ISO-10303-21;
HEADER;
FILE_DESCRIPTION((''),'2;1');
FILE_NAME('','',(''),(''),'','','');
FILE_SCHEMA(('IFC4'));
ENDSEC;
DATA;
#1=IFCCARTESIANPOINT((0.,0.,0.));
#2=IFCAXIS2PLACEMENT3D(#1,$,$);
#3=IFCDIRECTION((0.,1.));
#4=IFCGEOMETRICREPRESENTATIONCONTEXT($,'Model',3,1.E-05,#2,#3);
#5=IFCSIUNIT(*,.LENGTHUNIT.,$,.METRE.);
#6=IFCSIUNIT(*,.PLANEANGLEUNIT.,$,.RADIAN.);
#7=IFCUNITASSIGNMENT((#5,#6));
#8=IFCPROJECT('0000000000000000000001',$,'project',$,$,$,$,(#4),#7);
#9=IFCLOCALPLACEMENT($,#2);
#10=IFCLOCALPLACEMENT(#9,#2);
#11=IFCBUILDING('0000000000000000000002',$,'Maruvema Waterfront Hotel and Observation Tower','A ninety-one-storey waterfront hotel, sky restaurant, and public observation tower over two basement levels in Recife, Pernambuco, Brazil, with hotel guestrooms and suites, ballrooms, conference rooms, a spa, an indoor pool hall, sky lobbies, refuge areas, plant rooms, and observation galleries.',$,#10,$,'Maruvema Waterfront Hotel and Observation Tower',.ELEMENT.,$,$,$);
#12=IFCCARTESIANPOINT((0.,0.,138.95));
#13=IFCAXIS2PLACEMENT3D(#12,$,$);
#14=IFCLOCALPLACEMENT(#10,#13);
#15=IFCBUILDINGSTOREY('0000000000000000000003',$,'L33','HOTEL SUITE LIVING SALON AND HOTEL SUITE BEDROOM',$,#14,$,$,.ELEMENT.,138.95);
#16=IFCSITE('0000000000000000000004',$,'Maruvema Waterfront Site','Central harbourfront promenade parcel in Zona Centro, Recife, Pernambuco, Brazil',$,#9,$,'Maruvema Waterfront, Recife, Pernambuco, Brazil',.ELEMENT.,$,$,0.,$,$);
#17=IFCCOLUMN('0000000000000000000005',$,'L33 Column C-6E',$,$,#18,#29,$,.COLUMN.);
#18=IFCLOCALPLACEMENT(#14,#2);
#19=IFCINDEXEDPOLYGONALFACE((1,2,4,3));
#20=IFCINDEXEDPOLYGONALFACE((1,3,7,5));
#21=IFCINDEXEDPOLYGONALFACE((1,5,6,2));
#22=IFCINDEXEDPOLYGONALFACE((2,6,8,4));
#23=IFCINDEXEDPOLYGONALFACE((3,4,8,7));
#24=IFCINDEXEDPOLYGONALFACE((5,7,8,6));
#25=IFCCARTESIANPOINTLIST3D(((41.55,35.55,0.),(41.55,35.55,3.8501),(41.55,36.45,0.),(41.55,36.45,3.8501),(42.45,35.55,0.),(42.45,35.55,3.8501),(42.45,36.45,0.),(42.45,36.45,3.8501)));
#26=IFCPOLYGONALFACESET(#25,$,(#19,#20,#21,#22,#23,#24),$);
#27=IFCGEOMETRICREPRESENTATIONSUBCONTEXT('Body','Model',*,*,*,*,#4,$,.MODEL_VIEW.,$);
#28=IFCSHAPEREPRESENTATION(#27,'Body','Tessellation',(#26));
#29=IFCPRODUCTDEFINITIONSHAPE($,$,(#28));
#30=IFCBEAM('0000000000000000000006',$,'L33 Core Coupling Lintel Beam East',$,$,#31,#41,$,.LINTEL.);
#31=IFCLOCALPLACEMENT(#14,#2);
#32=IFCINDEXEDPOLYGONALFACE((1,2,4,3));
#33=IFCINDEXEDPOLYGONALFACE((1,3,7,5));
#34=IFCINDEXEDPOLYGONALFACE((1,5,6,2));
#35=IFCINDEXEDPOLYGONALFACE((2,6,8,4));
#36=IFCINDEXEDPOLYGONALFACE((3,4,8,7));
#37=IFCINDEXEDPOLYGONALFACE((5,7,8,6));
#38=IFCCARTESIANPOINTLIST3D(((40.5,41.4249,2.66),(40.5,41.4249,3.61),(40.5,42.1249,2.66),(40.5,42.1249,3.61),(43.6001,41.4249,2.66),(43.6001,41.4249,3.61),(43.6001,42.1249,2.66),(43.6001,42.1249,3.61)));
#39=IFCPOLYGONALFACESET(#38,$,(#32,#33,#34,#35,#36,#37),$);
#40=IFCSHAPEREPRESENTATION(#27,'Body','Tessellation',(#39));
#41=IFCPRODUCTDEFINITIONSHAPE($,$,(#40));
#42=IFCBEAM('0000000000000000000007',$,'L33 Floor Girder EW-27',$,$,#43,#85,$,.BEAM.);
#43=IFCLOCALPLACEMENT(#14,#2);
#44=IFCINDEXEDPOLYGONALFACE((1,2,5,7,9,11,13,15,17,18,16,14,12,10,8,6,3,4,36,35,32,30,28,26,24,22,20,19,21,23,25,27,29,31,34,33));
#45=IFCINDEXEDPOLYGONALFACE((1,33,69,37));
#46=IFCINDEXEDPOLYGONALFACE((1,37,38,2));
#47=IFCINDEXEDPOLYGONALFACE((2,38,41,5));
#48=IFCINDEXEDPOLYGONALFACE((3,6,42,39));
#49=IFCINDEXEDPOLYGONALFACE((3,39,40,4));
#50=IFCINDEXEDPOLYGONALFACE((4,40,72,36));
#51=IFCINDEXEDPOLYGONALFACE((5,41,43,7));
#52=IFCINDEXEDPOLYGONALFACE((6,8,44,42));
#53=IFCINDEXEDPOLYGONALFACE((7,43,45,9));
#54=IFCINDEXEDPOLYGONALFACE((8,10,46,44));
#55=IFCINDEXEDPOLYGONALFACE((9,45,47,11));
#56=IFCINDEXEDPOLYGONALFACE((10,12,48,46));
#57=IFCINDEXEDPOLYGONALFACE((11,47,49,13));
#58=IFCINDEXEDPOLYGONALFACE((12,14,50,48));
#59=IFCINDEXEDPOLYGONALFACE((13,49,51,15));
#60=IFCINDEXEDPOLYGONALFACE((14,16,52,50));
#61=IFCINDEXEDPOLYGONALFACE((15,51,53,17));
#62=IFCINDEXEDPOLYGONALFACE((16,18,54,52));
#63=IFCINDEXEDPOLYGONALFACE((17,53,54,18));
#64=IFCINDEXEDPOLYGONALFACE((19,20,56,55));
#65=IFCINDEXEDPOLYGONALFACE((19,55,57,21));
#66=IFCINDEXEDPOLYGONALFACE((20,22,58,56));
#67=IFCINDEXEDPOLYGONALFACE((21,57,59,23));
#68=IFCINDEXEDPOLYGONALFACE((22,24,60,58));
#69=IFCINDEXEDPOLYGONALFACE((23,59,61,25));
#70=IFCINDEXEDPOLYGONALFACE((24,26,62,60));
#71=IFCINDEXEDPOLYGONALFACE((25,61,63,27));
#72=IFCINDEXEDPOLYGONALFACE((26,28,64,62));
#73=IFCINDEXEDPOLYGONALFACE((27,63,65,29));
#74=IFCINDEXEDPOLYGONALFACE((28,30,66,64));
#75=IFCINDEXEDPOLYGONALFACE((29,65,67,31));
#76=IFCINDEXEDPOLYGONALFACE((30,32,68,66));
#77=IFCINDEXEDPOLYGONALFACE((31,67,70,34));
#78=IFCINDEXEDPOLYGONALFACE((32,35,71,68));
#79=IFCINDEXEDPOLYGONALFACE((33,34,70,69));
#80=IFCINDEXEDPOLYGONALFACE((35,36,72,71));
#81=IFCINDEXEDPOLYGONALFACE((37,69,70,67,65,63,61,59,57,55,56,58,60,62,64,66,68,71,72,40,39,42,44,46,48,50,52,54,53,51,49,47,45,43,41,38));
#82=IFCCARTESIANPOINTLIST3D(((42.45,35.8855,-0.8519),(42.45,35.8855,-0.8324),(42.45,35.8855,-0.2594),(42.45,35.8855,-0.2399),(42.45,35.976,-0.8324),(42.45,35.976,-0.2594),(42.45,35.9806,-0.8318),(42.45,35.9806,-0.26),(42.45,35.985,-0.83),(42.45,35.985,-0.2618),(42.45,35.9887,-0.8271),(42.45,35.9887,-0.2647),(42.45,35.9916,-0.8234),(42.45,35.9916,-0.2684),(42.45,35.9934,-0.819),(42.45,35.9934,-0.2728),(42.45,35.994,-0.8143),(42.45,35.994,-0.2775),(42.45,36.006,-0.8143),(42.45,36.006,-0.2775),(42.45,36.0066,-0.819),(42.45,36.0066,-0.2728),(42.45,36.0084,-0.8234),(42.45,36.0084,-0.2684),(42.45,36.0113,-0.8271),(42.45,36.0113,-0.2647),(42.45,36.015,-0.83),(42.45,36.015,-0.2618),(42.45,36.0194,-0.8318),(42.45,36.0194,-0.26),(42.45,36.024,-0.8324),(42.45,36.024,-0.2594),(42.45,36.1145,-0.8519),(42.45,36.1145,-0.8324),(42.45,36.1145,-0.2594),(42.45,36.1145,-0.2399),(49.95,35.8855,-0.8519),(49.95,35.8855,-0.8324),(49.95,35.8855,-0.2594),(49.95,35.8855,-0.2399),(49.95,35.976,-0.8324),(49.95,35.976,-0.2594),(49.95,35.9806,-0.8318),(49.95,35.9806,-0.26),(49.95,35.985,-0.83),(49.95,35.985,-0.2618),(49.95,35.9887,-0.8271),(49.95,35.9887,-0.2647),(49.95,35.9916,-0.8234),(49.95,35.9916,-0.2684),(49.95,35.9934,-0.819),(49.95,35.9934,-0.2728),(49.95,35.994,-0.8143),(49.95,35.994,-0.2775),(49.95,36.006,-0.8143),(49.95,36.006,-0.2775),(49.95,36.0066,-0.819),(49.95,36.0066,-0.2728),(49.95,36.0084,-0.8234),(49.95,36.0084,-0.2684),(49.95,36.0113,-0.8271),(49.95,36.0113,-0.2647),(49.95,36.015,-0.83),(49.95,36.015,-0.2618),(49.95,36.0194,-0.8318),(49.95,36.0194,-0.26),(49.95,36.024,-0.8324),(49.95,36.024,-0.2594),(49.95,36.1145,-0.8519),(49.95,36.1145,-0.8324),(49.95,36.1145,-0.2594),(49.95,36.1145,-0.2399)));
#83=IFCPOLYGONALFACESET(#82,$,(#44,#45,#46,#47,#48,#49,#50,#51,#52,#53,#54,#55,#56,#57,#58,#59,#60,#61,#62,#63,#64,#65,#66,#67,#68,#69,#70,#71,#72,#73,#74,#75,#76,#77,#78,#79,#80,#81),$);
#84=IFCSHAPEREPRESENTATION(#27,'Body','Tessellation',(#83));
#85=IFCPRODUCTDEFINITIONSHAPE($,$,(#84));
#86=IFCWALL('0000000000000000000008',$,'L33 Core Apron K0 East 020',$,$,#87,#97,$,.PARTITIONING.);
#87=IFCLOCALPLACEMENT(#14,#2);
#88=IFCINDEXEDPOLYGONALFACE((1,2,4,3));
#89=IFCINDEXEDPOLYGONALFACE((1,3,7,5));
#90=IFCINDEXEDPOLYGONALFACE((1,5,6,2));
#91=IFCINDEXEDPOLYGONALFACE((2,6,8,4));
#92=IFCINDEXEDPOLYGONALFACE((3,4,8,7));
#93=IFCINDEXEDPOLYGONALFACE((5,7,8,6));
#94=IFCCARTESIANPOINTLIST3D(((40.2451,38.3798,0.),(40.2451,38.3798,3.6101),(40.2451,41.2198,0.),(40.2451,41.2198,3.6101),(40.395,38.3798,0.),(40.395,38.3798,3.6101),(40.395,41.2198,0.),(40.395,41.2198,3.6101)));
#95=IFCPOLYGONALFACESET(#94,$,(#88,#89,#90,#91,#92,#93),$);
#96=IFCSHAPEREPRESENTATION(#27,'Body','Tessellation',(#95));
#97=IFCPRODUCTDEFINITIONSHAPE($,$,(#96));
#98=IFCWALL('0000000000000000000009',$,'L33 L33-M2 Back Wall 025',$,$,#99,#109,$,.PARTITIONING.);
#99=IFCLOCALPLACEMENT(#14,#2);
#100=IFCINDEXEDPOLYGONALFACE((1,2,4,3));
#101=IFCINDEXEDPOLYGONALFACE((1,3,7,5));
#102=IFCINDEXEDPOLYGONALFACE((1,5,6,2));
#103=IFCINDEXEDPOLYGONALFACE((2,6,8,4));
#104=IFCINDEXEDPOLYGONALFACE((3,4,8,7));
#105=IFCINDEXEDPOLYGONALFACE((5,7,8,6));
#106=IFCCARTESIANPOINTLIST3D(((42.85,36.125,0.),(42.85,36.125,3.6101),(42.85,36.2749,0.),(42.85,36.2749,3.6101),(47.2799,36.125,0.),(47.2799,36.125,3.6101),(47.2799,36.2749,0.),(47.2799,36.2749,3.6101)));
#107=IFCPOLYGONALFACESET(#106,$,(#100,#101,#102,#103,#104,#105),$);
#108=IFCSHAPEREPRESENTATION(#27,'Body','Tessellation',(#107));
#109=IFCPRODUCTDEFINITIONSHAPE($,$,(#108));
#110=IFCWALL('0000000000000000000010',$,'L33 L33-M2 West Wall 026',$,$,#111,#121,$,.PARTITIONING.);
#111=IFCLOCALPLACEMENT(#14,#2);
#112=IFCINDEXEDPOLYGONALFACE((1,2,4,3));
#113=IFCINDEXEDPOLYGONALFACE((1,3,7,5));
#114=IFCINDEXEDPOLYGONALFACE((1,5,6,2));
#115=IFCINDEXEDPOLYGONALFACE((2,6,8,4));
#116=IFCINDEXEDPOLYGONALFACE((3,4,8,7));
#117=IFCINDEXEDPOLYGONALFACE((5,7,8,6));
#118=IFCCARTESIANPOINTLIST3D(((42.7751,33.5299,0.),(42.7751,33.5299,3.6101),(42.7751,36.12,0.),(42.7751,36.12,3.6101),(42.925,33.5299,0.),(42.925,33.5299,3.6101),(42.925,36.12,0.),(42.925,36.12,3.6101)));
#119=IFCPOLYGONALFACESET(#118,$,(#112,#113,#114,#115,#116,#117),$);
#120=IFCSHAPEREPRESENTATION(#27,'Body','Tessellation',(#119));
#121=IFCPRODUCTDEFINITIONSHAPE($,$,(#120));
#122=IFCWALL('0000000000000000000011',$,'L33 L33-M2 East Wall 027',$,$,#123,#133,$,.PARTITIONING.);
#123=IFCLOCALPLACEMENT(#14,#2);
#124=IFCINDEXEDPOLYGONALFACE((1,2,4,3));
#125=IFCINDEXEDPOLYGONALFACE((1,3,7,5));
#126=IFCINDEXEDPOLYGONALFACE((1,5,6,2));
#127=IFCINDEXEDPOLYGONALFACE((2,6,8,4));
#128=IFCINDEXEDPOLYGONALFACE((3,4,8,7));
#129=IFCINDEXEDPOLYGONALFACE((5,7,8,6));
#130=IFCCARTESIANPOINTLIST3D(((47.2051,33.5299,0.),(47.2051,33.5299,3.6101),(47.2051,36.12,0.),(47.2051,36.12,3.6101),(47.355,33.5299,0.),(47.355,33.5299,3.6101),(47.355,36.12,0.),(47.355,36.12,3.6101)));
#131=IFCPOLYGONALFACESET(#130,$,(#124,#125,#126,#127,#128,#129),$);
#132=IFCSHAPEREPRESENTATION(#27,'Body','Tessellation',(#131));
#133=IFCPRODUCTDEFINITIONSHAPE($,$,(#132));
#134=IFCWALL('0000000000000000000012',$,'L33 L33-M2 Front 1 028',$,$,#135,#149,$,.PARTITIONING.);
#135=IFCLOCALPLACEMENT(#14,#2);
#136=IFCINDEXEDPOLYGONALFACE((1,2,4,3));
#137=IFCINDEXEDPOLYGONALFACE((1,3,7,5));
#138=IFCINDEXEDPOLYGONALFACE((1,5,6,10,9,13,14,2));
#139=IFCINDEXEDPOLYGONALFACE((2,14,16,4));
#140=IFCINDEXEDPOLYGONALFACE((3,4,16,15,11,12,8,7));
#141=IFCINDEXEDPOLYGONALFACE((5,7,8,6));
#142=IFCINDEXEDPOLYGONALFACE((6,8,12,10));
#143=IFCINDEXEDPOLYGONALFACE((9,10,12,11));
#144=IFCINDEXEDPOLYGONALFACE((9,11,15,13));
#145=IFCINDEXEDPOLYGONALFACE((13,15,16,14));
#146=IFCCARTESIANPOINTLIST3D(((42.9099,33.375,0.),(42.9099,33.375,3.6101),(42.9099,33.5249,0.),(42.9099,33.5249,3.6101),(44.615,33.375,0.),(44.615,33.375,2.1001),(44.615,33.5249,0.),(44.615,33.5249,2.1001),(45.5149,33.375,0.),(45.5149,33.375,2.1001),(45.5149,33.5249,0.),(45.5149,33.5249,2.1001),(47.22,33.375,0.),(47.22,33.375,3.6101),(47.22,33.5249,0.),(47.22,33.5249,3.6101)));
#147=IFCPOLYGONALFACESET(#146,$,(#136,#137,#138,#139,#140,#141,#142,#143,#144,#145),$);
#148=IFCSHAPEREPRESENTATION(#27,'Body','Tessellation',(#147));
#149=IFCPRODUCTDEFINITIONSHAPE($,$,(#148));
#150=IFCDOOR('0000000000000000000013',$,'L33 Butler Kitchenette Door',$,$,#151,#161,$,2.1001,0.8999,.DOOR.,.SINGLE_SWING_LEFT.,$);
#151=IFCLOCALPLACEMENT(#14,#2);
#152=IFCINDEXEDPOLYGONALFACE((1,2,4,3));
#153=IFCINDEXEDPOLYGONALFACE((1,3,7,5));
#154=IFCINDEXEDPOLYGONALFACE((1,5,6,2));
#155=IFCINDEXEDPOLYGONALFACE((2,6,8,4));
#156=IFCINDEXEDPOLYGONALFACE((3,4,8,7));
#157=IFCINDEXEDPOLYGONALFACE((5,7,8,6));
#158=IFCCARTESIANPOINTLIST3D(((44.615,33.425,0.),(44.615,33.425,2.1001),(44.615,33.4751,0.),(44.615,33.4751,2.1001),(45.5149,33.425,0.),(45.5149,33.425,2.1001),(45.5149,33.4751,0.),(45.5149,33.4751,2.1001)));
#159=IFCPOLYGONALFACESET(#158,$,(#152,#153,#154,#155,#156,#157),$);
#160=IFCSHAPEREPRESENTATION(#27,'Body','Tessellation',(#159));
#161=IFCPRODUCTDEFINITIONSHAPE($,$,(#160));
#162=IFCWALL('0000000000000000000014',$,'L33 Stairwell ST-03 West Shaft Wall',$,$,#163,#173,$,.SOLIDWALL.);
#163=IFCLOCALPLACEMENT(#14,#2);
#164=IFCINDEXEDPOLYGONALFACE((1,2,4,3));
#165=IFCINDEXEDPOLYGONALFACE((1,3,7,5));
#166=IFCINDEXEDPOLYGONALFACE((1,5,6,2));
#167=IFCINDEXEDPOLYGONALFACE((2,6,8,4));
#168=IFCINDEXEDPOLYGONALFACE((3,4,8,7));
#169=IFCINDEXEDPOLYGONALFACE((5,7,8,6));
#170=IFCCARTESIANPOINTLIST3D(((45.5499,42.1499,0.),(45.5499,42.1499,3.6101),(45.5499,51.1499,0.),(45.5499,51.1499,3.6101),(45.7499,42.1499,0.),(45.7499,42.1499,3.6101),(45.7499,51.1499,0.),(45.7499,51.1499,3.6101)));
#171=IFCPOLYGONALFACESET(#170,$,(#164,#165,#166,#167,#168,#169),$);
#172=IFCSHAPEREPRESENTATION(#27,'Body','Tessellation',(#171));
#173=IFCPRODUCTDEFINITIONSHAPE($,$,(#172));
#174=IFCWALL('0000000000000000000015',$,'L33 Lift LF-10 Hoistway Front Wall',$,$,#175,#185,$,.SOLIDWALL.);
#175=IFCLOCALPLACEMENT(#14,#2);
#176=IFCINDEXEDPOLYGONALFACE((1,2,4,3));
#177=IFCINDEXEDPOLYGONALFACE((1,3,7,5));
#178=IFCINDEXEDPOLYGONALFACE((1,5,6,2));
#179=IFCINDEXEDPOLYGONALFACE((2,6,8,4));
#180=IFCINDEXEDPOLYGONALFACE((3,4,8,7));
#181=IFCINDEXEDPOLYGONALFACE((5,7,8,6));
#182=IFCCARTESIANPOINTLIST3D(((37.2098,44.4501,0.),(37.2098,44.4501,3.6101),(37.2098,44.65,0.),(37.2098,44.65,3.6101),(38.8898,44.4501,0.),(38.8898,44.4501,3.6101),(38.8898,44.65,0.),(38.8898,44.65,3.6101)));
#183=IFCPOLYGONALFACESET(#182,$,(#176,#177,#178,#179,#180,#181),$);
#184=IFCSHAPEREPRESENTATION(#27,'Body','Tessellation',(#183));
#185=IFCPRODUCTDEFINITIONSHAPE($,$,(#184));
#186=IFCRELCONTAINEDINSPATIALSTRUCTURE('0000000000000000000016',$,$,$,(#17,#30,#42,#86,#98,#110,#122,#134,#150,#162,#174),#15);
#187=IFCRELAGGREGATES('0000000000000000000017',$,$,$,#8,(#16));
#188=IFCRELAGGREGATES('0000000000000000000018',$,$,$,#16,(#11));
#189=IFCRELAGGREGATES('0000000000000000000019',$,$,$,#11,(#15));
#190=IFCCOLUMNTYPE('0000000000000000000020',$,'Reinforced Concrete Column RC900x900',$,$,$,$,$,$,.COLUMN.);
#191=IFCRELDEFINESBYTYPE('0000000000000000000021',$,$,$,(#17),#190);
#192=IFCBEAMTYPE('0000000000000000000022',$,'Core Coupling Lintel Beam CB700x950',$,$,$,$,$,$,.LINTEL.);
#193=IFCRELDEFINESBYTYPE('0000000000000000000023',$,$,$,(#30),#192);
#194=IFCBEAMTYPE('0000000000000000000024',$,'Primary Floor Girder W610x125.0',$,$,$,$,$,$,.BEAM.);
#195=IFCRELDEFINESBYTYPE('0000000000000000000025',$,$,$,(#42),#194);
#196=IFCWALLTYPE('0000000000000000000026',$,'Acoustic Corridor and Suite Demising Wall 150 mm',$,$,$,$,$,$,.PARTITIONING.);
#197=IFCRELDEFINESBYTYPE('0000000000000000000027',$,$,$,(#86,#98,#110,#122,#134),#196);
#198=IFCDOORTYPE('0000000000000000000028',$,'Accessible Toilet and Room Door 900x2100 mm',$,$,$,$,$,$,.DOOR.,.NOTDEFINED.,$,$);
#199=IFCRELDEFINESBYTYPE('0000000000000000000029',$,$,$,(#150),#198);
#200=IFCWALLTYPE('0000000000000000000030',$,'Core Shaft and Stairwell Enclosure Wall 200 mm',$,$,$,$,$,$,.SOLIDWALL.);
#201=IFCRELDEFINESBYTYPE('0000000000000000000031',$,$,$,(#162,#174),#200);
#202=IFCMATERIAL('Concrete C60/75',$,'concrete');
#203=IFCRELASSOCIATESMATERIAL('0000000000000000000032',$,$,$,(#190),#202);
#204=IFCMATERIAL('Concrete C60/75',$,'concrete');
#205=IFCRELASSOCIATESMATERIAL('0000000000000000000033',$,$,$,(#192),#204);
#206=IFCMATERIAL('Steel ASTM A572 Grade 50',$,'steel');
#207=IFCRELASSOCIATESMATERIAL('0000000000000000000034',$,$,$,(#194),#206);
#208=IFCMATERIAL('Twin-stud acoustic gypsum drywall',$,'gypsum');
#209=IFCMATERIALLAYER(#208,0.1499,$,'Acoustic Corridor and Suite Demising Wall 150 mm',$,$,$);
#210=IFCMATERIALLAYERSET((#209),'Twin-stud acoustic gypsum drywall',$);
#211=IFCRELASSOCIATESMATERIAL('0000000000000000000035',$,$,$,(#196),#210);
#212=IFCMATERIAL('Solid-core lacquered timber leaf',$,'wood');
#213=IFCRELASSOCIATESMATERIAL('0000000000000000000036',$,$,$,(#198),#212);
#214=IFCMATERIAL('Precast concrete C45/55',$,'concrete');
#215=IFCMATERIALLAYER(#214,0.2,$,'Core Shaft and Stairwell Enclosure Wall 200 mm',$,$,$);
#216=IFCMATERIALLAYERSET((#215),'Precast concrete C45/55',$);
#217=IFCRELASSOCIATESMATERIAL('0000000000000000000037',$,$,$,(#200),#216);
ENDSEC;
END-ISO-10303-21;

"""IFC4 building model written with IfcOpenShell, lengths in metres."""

from ifc_helpers import new_model, si_unit, direction, frame, frame_2d, origin, origin_2d, place, context, subcontext, project, spatial, rectangle, i_section, extrude, material, layer, layer_set, material_profile, profile_set, type_object, element, fill, save


model = new_model("IFC4")

# Units and contexts
model_context = context("Model", 3, precision=1e-05, world=origin(), true_north=direction((0.0, 1.0)))
body_context = subcontext(model_context, "Body", "Model", "MODEL_VIEW")
ifc_project = project(units=[si_unit("LENGTHUNIT", "METRE"), si_unit("PLANEANGLEUNIT", "RADIAN")], contexts=[model_context])

# Site, building, storey
site_placement = place(None, origin())
site = spatial("IfcSite", under=ifc_project, at=site_placement, Name="Maruvema Waterfront Site", Description="Central harbourfront promenade parcel in Zona Centro, Recife, Pernambuco, Brazil", LongName="Maruvema Waterfront, Recife, Pernambuco, Brazil", CompositionType="ELEMENT", RefElevation=0.0)
building_placement = place(site_placement, origin())
building = spatial("IfcBuilding", under=site, at=building_placement, Name="Maruvema Waterfront Hotel and Observation Tower", Description="A ninety-one-storey waterfront hotel, sky restaurant, and public observation tower over two basement levels in Recife, Pernambuco, Brazil, with hotel guestrooms and suites, ballrooms, conference rooms, a spa, an indoor pool hall, sky lobbies, refuge areas, plant rooms, and observation galleries.", LongName="Maruvema Waterfront Hotel and Observation Tower", CompositionType="ELEMENT")
storey_placement = place(building_placement, frame((0.0, 0.0, 138.95)))
storey = spatial("IfcBuildingStorey", under=building, at=storey_placement, Name="L33", Description="HOTEL SUITE LIVING SALON AND HOTEL SUITE BEDROOM", CompositionType="ELEMENT", Elevation=138.95)

# Column
ifc_material_1 = material(Name="Concrete C60/75", Category="concrete")
ifc_material_profile_1 = material_profile(ifc_material_1, rectangle(XDim=0.8999, YDim=0.8999, at=origin_2d()), Name="RC900x900")
ifc_profile_set_1 = profile_set([ifc_material_profile_1], Name="Concrete C60/75")
column_type = type_object("IfcColumnType", Name="Reinforced Concrete Column RC900x900", PredefinedType="COLUMN", material=ifc_profile_set_1)
column_placement = place(storey_placement, frame((42.0, 36.0, 0.0), z_axis=(0.0, 0.0, 1.0), x_axis=(1.0, 0.0, 0.0)))
element("IfcColumn", 1, at=column_placement, inside=storey, type_object=column_type, Name="L33 Column C-6E", PredefinedType="COLUMN", context=body_context, shape_type="SweptSolid", body=[
    extrude(rectangle(XDim=0.8999, YDim=0.8999, at=origin_2d()), origin(), (0.0, 0.0, 1.0), 3.8501),
])

# Beams
ifc_material_2 = material(Name="Concrete C60/75", Category="concrete")
ifc_material_profile_2 = material_profile(ifc_material_2, rectangle(XDim=0.7, YDim=0.95, at=origin_2d()), Name="CB700x950")
ifc_profile_set_2 = profile_set([ifc_material_profile_2], Name="Concrete C60/75")
beam_type_1 = type_object("IfcBeamType", Name="Core Coupling Lintel Beam CB700x950", PredefinedType="LINTEL", material=ifc_profile_set_2)
beam_1_placement = place(storey_placement, frame((40.5, 41.7749, 3.135), z_axis=(1.0, 0.0, 0.0), x_axis=(0.0, 1.0, 0.0)))
element("IfcBeam", 2, at=beam_1_placement, inside=storey, type_object=beam_type_1, Name="L33 Core Coupling Lintel Beam East", PredefinedType="LINTEL", context=body_context, shape_type="SweptSolid", body=[
    extrude(rectangle(XDim=0.7, YDim=0.95, at=origin_2d()), origin(), (0.0, 0.0, 1.0), 3.1001),
])
ifc_material_3 = material(Name="Steel ASTM A572 Grade 50", Category="steel")
ifc_material_profile_3 = material_profile(ifc_material_3, i_section(OverallWidth=0.229, OverallDepth=0.6121, WebThickness=0.012, FlangeThickness=0.0195, FilletRadius=0.0181, at=origin_2d()), Name="W610x125.0")
ifc_profile_set_3 = profile_set([ifc_material_profile_3], Name="Steel ASTM A572 Grade 50")
beam_type_2 = type_object("IfcBeamType", Name="Primary Floor Girder W610x125.0", PredefinedType="BEAM", material=ifc_profile_set_3)
beam_2_placement = place(storey_placement, frame((42.45, 36.0, -0.5459), z_axis=(1.0, 0.0, 0.0), x_axis=(0.0, 1.0, 0.0)))
element("IfcBeam", 3, at=beam_2_placement, inside=storey, type_object=beam_type_2, Name="L33 Floor Girder EW-27", PredefinedType="BEAM", context=body_context, shape_type="SweptSolid", body=[
    extrude(i_section(OverallWidth=0.229, OverallDepth=0.6121, WebThickness=0.012, FlangeThickness=0.0195, FilletRadius=0.0181, at=origin_2d()), origin(), (0.0, 0.0, 1.0), 7.5),
])

# Walls
ifc_material_4 = material(Name="Twin-stud acoustic gypsum drywall", Category="gypsum")
ifc_layer_1 = layer(ifc_material_4, 0.1499, Name="Acoustic Corridor and Suite Demising Wall 150 mm")
ifc_layer_set_1 = layer_set([ifc_layer_1], Name="Twin-stud acoustic gypsum drywall")
wall_type_1 = type_object("IfcWallType", Name="Acoustic Corridor and Suite Demising Wall 150 mm", PredefinedType="PARTITIONING", material=ifc_layer_set_1)
wall_1_placement = place(storey_placement, frame((40.3201, 38.3799, 0.0), z_axis=(0.0, 0.0, 1.0), x_axis=(0.0, 1.0, 0.0)))
element("IfcWall", 4, at=wall_1_placement, inside=storey, type_object=wall_type_1, Name="L33 Core Apron K0 East 020", PredefinedType="PARTITIONING", context=body_context, shape_type="SweptSolid", body=[
    extrude(rectangle(XDim=2.8401, YDim=0.1499, at=frame_2d((1.4199, 0.0))), origin(), (0.0, 0.0, 1.0), 3.6101),
])
wall_2_placement = place(storey_placement, frame((42.8501, 36.2, 0.0), z_axis=(0.0, 0.0, 1.0), x_axis=(1.0, 0.0, 0.0)))
element("IfcWall", 5, at=wall_2_placement, inside=storey, type_object=wall_type_1, Name="L33 L33-M2 Back Wall 025", PredefinedType="PARTITIONING", context=body_context, shape_type="SweptSolid", body=[
    extrude(rectangle(XDim=4.4299, YDim=0.1499, at=frame_2d((2.2148, 0.0))), origin(), (0.0, 0.0, 1.0), 3.6101),
])
for number, where, z_axis, x_axis, name in (
    (6, (42.8501, 33.53, 0.0), (0.0, 0.0, 1.0), (0.0, 1.0, 0.0), "L33 L33-M2 West Wall 026"),
    (7, (47.28, 33.53, 0.0), (0.0, 0.0, 1.0), (0.0, 1.0, 0.0), "L33 L33-M2 East Wall 027"),
):
    element("IfcWall", number, at=place(storey_placement, frame(where, z_axis=z_axis, x_axis=x_axis)), inside=storey, type_object=wall_type_1, Name=name, PredefinedType="PARTITIONING", context=body_context, shape_type="SweptSolid", body=[
        extrude(rectangle(XDim=2.5901, YDim=0.1499, at=frame_2d((1.2949, 0.0))), origin(), (0.0, 0.0, 1.0), 3.6101),
    ])

# Wall, opening, door
wall_3_placement = place(storey_placement, frame((42.9099, 33.45, 0.0), z_axis=(0.0, 0.0, 1.0), x_axis=(1.0, 0.0, 0.0)))
wall_3 = element("IfcWall", 8, at=wall_3_placement, inside=storey, type_object=wall_type_1, Name="L33 L33-M2 Front 1 028", PredefinedType="PARTITIONING", context=body_context, shape_type="SweptSolid", body=[
    extrude(rectangle(XDim=4.3101, YDim=0.1499, at=frame_2d((2.155, 0.0))), origin(), (0.0, 0.0, 1.0), 3.6101),
])
opening_1_placement = place(wall_3_placement, frame((1.7051, 0.0, 0.0)))
opening_1 = element("IfcOpeningElement", 9, at=opening_1_placement, cuts=wall_3, PredefinedType="OPENING", context=body_context, shape_type="SweptSolid", body=[
    extrude(rectangle(XDim=0.8999, YDim=2.1001, at=frame_2d((0.45, 1.05))), frame((0.0, 0.085, 0.0), z_axis=(0.0, -1.0, 0.0), x_axis=(1.0, 0.0, 0.0)), (0.0, 0.0, 1.0), 0.1699),
])
ifc_material_5 = material(Name="Solid-core lacquered timber leaf", Category="wood")
door_type_1 = type_object("IfcDoorType", Name="Accessible Toilet and Room Door 900x2100 mm", OperationType="NOTDEFINED", PredefinedType="DOOR", material=ifc_material_5)
door_1_placement = place(opening_1_placement, frame((0.8999, 0.0, 0.0), z_axis=(0.0, 0.0, 1.0), x_axis=(-1.0, 0.0, 0.0)))
door_1 = element("IfcDoor", 10, at=door_1_placement, inside=storey, type_object=door_type_1, Name="L33 Butler Kitchenette Door", OperationType="SINGLE_SWING_LEFT", OverallHeight=2.1001, OverallWidth=0.8999, PredefinedType="DOOR", context=body_context, shape_type="SweptSolid", body=[
    extrude(rectangle(XDim=0.8999, YDim=2.1001, at=frame_2d((0.45, 1.05))), frame((0.0, 0.0249, 0.0), z_axis=(0.0, -1.0, 0.0), x_axis=(1.0, 0.0, 0.0)), (0.0, 0.0, 1.0), 0.05),
])
fill(opening_1, door_1)

# Walls
ifc_material_6 = material(Name="Precast concrete C45/55", Category="concrete")
ifc_layer_2 = layer(ifc_material_6, 0.2, Name="Core Shaft and Stairwell Enclosure Wall 200 mm")
ifc_layer_set_2 = layer_set([ifc_layer_2], Name="Precast concrete C45/55")
wall_type_2 = type_object("IfcWallType", Name="Core Shaft and Stairwell Enclosure Wall 200 mm", PredefinedType="SOLIDWALL", material=ifc_layer_set_2)
wall_4_placement = place(storey_placement, frame((45.6499, 42.1499, 0.0), z_axis=(0.0, 0.0, 1.0), x_axis=(0.0, 1.0, 0.0)))
element("IfcWall", 11, at=wall_4_placement, inside=storey, type_object=wall_type_2, Name="L33 Stairwell ST-03 West Shaft Wall", PredefinedType="SOLIDWALL", context=body_context, shape_type="SweptSolid", body=[
    extrude(rectangle(XDim=9.0, YDim=0.2, at=frame_2d((4.5, 0.0))), origin(), (0.0, 0.0, 1.0), 3.6101),
])
wall_5_placement = place(storey_placement, frame((37.21, 44.55, 0.0), z_axis=(0.0, 0.0, 1.0), x_axis=(1.0, 0.0, 0.0)))
element("IfcWall", 12, at=wall_5_placement, inside=storey, type_object=wall_type_2, Name="L33 Lift LF-10 Hoistway Front Wall", PredefinedType="SOLIDWALL", context=body_context, shape_type="SweptSolid", body=[
    extrude(rectangle(XDim=1.6799, YDim=0.2, at=frame_2d((0.8398, 0.0))), origin(), (0.0, 0.0, 1.0), 3.6101),
])

save(model, "model.ifc")
